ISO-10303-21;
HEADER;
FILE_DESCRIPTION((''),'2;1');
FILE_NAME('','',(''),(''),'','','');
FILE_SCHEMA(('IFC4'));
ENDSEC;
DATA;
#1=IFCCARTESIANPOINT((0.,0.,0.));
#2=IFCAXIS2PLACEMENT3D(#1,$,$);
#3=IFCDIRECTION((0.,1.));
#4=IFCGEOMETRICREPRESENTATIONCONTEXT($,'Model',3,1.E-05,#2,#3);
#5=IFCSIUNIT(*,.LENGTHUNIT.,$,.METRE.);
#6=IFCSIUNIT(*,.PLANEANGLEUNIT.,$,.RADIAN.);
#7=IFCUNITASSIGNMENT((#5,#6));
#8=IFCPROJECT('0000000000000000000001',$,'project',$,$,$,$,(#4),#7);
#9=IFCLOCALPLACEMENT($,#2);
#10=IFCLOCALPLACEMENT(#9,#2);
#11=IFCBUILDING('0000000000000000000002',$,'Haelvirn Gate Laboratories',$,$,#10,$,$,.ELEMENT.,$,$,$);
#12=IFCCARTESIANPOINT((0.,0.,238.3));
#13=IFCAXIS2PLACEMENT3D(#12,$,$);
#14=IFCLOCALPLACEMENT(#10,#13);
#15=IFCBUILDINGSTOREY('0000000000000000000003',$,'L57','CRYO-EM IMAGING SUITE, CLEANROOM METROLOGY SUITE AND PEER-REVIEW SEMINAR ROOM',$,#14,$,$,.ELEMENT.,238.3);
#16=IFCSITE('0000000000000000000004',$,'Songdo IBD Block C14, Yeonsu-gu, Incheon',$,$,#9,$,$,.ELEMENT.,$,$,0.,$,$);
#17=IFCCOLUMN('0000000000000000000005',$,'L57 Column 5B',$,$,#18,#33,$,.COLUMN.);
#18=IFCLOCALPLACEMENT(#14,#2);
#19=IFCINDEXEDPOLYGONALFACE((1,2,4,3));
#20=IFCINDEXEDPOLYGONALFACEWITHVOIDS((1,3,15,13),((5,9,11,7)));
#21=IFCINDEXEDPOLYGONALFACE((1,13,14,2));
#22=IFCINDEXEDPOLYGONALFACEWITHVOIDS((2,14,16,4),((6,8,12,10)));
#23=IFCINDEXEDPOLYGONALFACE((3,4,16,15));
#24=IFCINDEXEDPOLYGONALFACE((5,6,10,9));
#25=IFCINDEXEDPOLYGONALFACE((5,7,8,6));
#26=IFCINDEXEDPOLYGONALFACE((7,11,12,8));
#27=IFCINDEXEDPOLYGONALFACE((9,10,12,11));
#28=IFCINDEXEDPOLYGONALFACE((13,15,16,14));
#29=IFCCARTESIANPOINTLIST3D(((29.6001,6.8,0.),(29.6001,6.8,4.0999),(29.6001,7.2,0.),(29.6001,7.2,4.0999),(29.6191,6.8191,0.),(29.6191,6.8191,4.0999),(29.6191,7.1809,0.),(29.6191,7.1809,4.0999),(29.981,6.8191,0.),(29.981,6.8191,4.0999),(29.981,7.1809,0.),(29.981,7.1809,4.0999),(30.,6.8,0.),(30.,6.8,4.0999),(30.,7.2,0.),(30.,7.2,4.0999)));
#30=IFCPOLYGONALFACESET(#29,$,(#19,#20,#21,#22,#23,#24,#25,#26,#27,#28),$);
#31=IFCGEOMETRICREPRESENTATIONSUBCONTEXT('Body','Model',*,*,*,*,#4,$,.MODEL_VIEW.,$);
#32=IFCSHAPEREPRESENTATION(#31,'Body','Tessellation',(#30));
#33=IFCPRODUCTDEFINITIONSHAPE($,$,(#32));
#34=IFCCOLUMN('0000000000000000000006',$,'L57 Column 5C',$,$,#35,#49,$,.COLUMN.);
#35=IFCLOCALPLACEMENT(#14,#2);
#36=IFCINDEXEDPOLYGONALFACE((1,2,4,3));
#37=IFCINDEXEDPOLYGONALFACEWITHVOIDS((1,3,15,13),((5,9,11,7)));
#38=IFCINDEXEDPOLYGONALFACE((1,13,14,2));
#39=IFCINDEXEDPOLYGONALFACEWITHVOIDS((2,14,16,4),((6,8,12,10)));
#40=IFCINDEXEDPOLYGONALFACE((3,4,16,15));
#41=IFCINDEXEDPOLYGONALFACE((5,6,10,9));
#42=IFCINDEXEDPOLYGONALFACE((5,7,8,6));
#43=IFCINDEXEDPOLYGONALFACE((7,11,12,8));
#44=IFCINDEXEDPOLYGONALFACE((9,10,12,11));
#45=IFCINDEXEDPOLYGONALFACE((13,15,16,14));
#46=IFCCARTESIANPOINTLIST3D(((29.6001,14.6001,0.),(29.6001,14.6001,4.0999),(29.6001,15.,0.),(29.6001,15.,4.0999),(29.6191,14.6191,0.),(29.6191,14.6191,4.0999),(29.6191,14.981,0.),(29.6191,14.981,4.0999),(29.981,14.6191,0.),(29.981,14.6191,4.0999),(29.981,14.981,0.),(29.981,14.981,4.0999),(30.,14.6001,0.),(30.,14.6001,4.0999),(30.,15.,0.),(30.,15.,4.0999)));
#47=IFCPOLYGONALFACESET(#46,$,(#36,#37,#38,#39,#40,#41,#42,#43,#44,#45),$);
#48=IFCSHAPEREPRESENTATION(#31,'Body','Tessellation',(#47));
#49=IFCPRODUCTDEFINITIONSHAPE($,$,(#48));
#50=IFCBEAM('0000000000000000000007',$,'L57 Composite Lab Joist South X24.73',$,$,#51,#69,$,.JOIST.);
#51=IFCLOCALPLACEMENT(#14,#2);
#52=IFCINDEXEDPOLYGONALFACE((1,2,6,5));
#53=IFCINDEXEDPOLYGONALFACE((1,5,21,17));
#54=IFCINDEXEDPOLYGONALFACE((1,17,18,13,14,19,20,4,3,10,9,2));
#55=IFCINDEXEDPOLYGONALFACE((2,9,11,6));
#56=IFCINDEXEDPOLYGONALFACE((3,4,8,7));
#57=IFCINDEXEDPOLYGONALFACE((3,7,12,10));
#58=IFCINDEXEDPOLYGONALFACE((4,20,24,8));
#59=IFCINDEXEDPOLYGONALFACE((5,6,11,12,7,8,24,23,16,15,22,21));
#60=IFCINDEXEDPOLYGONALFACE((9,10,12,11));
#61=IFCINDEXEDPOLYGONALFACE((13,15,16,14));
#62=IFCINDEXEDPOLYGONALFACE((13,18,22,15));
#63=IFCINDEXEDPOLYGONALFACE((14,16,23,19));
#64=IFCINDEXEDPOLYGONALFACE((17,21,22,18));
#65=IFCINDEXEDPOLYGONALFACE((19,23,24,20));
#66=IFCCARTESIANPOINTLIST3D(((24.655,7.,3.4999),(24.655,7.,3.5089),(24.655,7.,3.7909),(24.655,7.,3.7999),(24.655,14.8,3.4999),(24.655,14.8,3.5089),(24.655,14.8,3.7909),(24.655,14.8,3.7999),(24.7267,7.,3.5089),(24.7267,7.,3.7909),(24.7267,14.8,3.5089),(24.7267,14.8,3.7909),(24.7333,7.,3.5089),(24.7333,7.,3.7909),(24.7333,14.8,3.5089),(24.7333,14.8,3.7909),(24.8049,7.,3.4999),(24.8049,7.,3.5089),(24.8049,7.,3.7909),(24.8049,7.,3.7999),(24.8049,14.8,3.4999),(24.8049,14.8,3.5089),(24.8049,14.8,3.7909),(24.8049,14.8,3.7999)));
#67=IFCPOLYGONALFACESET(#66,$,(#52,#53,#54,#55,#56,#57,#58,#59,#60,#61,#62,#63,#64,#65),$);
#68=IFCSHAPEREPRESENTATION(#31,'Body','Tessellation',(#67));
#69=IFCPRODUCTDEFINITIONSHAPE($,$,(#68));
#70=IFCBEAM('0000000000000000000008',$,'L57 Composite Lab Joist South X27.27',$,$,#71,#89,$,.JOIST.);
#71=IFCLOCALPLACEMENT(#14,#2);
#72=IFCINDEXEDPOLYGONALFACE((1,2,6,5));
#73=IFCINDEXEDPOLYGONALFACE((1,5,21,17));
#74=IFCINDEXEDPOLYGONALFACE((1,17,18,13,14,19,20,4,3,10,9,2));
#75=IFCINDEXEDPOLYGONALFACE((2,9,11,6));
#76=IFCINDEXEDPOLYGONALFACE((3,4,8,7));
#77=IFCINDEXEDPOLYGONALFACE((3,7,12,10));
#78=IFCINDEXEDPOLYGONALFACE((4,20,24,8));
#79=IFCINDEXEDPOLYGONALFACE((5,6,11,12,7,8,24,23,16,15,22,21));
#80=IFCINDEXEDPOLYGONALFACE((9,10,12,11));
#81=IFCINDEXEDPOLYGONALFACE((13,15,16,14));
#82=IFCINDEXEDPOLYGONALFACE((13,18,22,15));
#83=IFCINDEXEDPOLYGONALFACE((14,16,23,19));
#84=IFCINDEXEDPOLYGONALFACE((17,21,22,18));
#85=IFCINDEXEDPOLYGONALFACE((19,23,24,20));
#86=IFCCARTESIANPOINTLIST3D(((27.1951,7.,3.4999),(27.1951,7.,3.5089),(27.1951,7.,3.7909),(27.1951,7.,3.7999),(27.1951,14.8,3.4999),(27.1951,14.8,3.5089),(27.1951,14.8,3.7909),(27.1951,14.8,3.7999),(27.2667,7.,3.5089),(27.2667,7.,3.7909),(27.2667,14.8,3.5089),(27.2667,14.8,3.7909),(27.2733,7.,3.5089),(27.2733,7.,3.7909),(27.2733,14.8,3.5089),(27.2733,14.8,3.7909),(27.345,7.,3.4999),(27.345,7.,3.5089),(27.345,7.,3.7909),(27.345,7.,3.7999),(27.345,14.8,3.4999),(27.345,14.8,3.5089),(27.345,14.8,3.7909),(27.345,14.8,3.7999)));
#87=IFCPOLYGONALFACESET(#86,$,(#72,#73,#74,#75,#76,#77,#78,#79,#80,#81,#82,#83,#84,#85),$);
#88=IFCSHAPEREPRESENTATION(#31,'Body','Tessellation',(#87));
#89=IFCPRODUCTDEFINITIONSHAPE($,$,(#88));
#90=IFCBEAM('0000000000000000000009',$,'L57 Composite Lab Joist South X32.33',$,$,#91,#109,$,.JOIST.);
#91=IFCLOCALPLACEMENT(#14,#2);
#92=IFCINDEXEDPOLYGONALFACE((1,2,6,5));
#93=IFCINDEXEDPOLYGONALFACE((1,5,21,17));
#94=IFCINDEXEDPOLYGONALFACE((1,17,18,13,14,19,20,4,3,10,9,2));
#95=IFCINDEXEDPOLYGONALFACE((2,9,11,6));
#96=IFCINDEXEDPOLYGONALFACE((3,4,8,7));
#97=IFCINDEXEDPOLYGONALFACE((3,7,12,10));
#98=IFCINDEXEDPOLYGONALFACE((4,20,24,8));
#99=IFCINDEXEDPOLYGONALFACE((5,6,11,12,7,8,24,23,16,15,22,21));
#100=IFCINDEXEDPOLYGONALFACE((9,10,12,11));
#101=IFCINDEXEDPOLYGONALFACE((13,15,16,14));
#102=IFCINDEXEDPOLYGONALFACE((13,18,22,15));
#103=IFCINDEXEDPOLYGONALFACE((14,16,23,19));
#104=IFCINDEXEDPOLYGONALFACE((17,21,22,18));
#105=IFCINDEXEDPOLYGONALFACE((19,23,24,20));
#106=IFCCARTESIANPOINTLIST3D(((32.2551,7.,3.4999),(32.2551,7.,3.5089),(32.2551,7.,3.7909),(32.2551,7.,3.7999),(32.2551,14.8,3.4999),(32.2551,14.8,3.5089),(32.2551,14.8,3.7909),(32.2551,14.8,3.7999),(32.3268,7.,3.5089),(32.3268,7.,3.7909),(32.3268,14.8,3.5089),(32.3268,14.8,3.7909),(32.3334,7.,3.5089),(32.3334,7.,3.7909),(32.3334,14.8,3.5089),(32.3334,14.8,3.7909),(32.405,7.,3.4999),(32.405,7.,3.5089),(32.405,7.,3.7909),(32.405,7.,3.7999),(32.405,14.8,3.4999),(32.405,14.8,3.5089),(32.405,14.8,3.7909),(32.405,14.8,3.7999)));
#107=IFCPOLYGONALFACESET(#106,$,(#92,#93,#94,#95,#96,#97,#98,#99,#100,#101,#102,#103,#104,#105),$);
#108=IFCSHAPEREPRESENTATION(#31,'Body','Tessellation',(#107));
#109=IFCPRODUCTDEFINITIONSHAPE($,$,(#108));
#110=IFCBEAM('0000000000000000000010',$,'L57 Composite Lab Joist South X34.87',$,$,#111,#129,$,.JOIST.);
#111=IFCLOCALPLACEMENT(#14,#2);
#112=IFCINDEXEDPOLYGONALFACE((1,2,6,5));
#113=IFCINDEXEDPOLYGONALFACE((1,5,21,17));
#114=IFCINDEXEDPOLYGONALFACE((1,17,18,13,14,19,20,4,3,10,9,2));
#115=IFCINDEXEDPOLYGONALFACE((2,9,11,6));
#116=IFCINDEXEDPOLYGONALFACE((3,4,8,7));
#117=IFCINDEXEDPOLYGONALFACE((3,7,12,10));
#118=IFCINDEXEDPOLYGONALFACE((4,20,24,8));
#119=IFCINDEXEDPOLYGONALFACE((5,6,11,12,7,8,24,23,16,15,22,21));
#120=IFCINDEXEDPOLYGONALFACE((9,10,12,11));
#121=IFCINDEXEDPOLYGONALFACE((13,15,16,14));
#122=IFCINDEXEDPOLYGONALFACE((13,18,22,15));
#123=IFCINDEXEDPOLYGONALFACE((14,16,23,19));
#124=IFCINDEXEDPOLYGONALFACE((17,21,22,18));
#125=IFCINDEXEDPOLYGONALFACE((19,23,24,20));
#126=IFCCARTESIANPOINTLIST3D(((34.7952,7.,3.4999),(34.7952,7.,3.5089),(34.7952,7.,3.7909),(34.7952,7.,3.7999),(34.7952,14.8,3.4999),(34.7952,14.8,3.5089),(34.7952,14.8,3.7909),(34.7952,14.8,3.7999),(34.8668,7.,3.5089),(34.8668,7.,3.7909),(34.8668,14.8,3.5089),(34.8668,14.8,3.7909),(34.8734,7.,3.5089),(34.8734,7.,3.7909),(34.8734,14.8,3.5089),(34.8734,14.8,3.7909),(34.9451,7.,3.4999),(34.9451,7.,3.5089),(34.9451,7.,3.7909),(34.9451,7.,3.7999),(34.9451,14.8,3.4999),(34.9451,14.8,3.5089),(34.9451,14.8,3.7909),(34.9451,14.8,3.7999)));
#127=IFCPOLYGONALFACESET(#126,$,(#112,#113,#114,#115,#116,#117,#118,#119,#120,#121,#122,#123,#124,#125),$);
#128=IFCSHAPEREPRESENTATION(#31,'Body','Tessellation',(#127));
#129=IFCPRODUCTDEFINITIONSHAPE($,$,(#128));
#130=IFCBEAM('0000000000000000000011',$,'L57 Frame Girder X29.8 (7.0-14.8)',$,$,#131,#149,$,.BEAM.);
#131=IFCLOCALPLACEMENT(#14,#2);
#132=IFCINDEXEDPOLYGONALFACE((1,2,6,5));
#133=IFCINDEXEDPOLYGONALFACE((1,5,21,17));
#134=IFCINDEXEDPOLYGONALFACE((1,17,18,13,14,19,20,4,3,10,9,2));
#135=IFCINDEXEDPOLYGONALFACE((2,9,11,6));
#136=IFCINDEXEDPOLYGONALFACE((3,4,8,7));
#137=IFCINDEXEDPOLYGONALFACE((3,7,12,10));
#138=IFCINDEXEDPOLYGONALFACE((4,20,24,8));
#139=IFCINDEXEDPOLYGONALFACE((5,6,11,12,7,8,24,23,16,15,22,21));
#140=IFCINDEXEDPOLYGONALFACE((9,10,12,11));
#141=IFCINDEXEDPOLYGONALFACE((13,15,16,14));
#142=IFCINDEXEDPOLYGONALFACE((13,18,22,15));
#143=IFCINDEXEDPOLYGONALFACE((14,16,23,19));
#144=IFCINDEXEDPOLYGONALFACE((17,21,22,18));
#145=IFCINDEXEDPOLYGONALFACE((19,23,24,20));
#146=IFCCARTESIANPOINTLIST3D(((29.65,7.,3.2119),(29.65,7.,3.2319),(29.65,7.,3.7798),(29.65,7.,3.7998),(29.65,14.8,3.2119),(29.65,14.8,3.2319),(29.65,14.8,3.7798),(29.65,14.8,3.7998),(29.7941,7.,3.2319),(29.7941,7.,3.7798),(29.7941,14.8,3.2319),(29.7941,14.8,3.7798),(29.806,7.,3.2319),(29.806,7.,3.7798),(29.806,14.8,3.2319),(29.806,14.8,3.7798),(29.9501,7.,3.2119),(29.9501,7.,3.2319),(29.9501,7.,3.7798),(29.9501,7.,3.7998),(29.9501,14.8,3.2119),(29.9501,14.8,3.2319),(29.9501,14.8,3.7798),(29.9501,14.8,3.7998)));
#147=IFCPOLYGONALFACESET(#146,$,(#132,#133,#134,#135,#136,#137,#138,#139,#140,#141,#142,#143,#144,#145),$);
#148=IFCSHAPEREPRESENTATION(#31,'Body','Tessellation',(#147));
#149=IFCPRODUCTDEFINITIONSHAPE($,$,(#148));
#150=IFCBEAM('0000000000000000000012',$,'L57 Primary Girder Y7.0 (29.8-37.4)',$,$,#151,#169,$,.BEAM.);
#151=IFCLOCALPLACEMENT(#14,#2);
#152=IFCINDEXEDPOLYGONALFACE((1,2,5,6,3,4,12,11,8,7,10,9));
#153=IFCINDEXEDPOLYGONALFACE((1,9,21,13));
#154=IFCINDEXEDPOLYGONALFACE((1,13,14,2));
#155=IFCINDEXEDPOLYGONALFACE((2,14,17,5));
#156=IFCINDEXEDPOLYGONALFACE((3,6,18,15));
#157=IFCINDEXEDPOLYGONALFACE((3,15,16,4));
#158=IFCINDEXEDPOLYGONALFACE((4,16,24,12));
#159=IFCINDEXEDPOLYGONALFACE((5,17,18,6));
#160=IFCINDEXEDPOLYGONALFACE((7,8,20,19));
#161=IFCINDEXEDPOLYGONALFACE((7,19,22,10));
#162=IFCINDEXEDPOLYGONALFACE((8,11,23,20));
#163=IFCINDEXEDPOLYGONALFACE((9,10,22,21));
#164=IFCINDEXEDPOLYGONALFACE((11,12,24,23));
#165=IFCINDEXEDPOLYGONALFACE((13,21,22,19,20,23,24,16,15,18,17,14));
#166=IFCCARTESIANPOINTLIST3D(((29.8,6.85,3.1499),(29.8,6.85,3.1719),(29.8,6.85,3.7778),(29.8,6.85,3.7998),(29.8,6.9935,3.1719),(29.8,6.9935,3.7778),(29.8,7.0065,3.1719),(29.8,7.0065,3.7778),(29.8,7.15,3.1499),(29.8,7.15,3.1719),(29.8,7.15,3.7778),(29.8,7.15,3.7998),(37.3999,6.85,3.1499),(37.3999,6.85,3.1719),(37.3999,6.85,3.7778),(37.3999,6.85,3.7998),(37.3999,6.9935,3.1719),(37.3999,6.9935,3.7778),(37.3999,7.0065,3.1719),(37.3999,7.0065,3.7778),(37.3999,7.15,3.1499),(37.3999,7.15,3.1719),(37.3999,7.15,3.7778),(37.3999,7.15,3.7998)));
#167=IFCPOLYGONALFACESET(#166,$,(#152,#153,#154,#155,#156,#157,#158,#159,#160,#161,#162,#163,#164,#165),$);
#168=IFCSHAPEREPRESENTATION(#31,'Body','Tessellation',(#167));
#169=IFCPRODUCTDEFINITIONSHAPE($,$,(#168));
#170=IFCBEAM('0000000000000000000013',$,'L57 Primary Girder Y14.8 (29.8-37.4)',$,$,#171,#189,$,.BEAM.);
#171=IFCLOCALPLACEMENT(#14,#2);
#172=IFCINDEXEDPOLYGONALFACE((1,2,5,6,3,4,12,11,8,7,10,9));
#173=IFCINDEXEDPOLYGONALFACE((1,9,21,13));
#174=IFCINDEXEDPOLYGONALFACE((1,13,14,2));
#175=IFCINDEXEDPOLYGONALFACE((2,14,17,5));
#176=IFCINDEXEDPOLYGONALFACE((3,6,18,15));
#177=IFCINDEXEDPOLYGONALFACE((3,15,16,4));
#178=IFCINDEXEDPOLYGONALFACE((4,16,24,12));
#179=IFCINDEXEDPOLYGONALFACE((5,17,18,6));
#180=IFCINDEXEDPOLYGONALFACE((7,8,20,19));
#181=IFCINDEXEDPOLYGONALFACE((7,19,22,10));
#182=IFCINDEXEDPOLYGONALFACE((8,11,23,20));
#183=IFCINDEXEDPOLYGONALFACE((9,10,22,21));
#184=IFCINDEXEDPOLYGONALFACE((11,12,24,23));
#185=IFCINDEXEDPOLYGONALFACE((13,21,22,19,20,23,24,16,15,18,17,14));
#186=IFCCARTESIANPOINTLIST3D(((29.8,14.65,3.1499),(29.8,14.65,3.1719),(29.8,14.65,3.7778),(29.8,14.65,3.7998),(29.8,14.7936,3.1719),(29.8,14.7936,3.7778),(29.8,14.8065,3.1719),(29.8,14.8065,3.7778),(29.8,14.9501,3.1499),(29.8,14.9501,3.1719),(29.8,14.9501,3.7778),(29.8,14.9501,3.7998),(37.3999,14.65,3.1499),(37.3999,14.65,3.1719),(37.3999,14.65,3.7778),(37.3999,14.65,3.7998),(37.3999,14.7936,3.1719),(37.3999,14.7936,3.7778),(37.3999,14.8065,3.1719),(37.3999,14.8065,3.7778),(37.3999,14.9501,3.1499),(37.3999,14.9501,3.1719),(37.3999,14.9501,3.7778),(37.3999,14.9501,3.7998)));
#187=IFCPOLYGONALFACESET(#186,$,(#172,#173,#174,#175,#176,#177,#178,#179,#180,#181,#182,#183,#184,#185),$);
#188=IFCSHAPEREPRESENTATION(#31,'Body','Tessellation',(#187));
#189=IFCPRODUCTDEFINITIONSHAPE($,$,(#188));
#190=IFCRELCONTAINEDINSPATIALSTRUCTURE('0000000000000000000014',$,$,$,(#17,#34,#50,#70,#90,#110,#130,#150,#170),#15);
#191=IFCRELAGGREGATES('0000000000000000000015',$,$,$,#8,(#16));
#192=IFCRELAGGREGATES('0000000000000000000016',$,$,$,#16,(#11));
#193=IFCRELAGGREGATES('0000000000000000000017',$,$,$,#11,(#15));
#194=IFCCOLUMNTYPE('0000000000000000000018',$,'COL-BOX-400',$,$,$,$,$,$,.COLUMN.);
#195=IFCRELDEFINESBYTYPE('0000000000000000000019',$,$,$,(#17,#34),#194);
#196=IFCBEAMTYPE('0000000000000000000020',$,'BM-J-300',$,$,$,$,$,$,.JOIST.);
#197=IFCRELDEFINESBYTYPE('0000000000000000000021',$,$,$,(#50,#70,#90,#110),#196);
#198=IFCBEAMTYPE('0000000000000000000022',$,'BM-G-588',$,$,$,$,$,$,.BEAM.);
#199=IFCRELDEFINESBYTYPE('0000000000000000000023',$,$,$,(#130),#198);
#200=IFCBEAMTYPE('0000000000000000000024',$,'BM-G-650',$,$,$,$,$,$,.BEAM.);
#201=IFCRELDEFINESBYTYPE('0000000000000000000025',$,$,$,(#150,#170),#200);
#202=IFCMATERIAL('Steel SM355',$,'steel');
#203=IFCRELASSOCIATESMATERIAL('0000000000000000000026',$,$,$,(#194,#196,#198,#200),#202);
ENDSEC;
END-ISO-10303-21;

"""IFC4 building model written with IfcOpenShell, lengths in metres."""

from ifc_helpers import new_model, si_unit, direction, frame, origin, origin_2d, place, context, subcontext, project, spatial, hollow_rectangle, i_section, extrude, source, transform, mapped, material, material_profile, profile_set, type_object, type_shapes, element, save


model = new_model("IFC4")

# Units and contexts
model_context = context("Model", 3, precision=1e-05, world=origin(), true_north=direction((0.0, 1.0)))
body_context = subcontext(model_context, "Body", "Model", "MODEL_VIEW")
ifc_project = project(units=[si_unit("LENGTHUNIT", "METRE"), si_unit("PLANEANGLEUNIT", "RADIAN")], contexts=[model_context])

# Site, building, storey
site_placement = place(None, origin())
site = spatial("IfcSite", under=ifc_project, at=site_placement, Name="Songdo IBD Block C14, Yeonsu-gu, Incheon", CompositionType="ELEMENT", RefElevation=0.0)
building_placement = place(site_placement, origin())
building = spatial("IfcBuilding", under=site, at=building_placement, Name="Haelvirn Gate Laboratories", CompositionType="ELEMENT")
storey_placement = place(building_placement, frame((0.0, 0.0, 238.3)))
storey = spatial("IfcBuildingStorey", under=building, at=storey_placement, Name="L57", Description="CRYO-EM IMAGING SUITE, CLEANROOM METROLOGY SUITE AND PEER-REVIEW SEMINAR ROOM", CompositionType="ELEMENT", Elevation=238.3)

# Columns
ifc_material_1 = material(Name="Steel SM355", Category="steel")
ifc_material_profile_1 = material_profile(ifc_material_1, hollow_rectangle(XDim=0.3999, YDim=0.3999, WallThickness=0.019, at=origin_2d()), Name="BOX-400x400x19")
ifc_profile_set_1 = profile_set([ifc_material_profile_1], Name="Steel SM355")
column_type = type_object("IfcColumnType", Name="COL-BOX-400", PredefinedType="COLUMN", material=ifc_profile_set_1)
shared_shape_1 = source(origin(), body_context, "Body", "SweptSolid", [
    extrude(hollow_rectangle(XDim=0.3999, YDim=0.3999, WallThickness=0.019, at=origin_2d()), origin(), (0.0, 0.0, 1.0), 4.0999),
])
type_shapes(column_type, [shared_shape_1])
for number, where, z_axis, x_axis, name in (
    (1, (29.8, 7.0, 0.0), (0.0, 0.0, 1.0), (1.0, 0.0, 0.0), "L57 Column 5B"),
    (2, (29.8, 14.8, 0.0), (0.0, 0.0, 1.0), (1.0, 0.0, 0.0), "L57 Column 5C"),
):
    element("IfcColumn", number, at=place(storey_placement, frame(where, z_axis=z_axis, x_axis=x_axis)), inside=storey, type_object=column_type, Name=name, PredefinedType="COLUMN", context=body_context, shape_type="MappedRepresentation", body=[
        mapped(shared_shape_1, transform((0.0, 0.0, 0.0), scale=1.0)),
    ])

# Beams
ifc_material_profile_2 = material_profile(ifc_material_1, i_section(OverallWidth=0.1499, OverallDepth=0.3, WebThickness=0.0066, FlangeThickness=0.009, at=origin_2d()), Name="H-300x150x6.5x9")
ifc_profile_set_2 = profile_set([ifc_material_profile_2], Name="Steel SM355")
beam_type_1 = type_object("IfcBeamType", Name="BM-J-300", PredefinedType="JOIST", material=ifc_profile_set_2)
shared_shape_2 = source(origin(), body_context, "Body", "SweptSolid", [
    extrude(i_section(OverallWidth=0.1499, OverallDepth=0.3, WebThickness=0.0066, FlangeThickness=0.009, at=origin_2d()), origin(), (0.0, 0.0, 1.0), 7.8),
])
type_shapes(beam_type_1, [shared_shape_2])
for number, where, z_axis, x_axis, name in (
    (3, (24.73, 7.0, 3.6499), (0.0, 1.0, 0.0), (-1.0, 0.0, 0.0), "L57 Composite Lab Joist South X24.73"),
    (4, (27.27, 7.0, 3.6499), (0.0, 1.0, 0.0), (-1.0, 0.0, 0.0), "L57 Composite Lab Joist South X27.27"),
    (5, (32.3301, 7.0, 3.6499), (0.0, 1.0, 0.0), (-1.0, 0.0, 0.0), "L57 Composite Lab Joist South X32.33"),
    (6, (34.8701, 7.0, 3.6499), (0.0, 1.0, 0.0), (-1.0, 0.0, 0.0), "L57 Composite Lab Joist South X34.87"),
):
    element("IfcBeam", number, at=place(storey_placement, frame(where, z_axis=z_axis, x_axis=x_axis)), inside=storey, type_object=beam_type_1, Name=name, PredefinedType="JOIST", context=body_context, shape_type="MappedRepresentation", body=[
        mapped(shared_shape_2, transform((0.0, 0.0, 0.0), scale=1.0)),
    ])
ifc_material_profile_3 = material_profile(ifc_material_1, i_section(OverallWidth=0.3, OverallDepth=0.5879, WebThickness=0.012, FlangeThickness=0.02, at=origin_2d()), Name="H-588x300x12x20")
ifc_profile_set_3 = profile_set([ifc_material_profile_3], Name="Steel SM355")
beam_type_2 = type_object("IfcBeamType", Name="BM-G-588", PredefinedType="BEAM", material=ifc_profile_set_3)
shared_shape_3 = source(origin(), body_context, "Body", "SweptSolid", [
    extrude(i_section(OverallWidth=0.3, OverallDepth=0.5879, WebThickness=0.012, FlangeThickness=0.02, at=origin_2d()), origin(), (0.0, 0.0, 1.0), 7.8),
])
type_shapes(beam_type_2, [shared_shape_3])
beam_placement = place(storey_placement, frame((29.8, 7.0, 3.5059), z_axis=(0.0, 1.0, 0.0), x_axis=(-1.0, 0.0, 0.0)))
element("IfcBeam", 7, at=beam_placement, inside=storey, type_object=beam_type_2, Name="L57 Frame Girder X29.8 (7.0-14.8)", PredefinedType="BEAM", context=body_context, shape_type="MappedRepresentation", body=[
    mapped(shared_shape_3, transform((0.0, 0.0, 0.0), scale=1.0)),
])
ifc_material_profile_4 = material_profile(ifc_material_1, i_section(OverallWidth=0.3, OverallDepth=0.6499, WebThickness=0.0129, FlangeThickness=0.022, at=origin_2d()), Name="H-650x300x13x22")
ifc_profile_set_4 = profile_set([ifc_material_profile_4], Name="Steel SM355")
beam_type_3 = type_object("IfcBeamType", Name="BM-G-650", PredefinedType="BEAM", material=ifc_profile_set_4)
shared_shape_4 = source(origin(), body_context, "Body", "SweptSolid", [
    extrude(i_section(OverallWidth=0.3, OverallDepth=0.6499, WebThickness=0.0129, FlangeThickness=0.022, at=origin_2d()), origin(), (0.0, 0.0, 1.0), 7.5999),
])
type_shapes(beam_type_3, [shared_shape_4])
for number, where, z_axis, x_axis, name in (
    (8, (29.8, 7.0, 3.4749), (1.0, 0.0, 0.0), (0.0, 1.0, 0.0), "L57 Primary Girder Y7.0 (29.8-37.4)"),
    (9, (29.8, 14.8, 3.4749), (1.0, 0.0, 0.0), (0.0, 1.0, 0.0), "L57 Primary Girder Y14.8 (29.8-37.4)"),
):
    element("IfcBeam", number, at=place(storey_placement, frame(where, z_axis=z_axis, x_axis=x_axis)), inside=storey, type_object=beam_type_3, Name=name, PredefinedType="BEAM", context=body_context, shape_type="MappedRepresentation", body=[
        mapped(shared_shape_4, transform((0.0, 0.0, 0.0), scale=1.0)),
    ])

save(model, "model.ifc")
